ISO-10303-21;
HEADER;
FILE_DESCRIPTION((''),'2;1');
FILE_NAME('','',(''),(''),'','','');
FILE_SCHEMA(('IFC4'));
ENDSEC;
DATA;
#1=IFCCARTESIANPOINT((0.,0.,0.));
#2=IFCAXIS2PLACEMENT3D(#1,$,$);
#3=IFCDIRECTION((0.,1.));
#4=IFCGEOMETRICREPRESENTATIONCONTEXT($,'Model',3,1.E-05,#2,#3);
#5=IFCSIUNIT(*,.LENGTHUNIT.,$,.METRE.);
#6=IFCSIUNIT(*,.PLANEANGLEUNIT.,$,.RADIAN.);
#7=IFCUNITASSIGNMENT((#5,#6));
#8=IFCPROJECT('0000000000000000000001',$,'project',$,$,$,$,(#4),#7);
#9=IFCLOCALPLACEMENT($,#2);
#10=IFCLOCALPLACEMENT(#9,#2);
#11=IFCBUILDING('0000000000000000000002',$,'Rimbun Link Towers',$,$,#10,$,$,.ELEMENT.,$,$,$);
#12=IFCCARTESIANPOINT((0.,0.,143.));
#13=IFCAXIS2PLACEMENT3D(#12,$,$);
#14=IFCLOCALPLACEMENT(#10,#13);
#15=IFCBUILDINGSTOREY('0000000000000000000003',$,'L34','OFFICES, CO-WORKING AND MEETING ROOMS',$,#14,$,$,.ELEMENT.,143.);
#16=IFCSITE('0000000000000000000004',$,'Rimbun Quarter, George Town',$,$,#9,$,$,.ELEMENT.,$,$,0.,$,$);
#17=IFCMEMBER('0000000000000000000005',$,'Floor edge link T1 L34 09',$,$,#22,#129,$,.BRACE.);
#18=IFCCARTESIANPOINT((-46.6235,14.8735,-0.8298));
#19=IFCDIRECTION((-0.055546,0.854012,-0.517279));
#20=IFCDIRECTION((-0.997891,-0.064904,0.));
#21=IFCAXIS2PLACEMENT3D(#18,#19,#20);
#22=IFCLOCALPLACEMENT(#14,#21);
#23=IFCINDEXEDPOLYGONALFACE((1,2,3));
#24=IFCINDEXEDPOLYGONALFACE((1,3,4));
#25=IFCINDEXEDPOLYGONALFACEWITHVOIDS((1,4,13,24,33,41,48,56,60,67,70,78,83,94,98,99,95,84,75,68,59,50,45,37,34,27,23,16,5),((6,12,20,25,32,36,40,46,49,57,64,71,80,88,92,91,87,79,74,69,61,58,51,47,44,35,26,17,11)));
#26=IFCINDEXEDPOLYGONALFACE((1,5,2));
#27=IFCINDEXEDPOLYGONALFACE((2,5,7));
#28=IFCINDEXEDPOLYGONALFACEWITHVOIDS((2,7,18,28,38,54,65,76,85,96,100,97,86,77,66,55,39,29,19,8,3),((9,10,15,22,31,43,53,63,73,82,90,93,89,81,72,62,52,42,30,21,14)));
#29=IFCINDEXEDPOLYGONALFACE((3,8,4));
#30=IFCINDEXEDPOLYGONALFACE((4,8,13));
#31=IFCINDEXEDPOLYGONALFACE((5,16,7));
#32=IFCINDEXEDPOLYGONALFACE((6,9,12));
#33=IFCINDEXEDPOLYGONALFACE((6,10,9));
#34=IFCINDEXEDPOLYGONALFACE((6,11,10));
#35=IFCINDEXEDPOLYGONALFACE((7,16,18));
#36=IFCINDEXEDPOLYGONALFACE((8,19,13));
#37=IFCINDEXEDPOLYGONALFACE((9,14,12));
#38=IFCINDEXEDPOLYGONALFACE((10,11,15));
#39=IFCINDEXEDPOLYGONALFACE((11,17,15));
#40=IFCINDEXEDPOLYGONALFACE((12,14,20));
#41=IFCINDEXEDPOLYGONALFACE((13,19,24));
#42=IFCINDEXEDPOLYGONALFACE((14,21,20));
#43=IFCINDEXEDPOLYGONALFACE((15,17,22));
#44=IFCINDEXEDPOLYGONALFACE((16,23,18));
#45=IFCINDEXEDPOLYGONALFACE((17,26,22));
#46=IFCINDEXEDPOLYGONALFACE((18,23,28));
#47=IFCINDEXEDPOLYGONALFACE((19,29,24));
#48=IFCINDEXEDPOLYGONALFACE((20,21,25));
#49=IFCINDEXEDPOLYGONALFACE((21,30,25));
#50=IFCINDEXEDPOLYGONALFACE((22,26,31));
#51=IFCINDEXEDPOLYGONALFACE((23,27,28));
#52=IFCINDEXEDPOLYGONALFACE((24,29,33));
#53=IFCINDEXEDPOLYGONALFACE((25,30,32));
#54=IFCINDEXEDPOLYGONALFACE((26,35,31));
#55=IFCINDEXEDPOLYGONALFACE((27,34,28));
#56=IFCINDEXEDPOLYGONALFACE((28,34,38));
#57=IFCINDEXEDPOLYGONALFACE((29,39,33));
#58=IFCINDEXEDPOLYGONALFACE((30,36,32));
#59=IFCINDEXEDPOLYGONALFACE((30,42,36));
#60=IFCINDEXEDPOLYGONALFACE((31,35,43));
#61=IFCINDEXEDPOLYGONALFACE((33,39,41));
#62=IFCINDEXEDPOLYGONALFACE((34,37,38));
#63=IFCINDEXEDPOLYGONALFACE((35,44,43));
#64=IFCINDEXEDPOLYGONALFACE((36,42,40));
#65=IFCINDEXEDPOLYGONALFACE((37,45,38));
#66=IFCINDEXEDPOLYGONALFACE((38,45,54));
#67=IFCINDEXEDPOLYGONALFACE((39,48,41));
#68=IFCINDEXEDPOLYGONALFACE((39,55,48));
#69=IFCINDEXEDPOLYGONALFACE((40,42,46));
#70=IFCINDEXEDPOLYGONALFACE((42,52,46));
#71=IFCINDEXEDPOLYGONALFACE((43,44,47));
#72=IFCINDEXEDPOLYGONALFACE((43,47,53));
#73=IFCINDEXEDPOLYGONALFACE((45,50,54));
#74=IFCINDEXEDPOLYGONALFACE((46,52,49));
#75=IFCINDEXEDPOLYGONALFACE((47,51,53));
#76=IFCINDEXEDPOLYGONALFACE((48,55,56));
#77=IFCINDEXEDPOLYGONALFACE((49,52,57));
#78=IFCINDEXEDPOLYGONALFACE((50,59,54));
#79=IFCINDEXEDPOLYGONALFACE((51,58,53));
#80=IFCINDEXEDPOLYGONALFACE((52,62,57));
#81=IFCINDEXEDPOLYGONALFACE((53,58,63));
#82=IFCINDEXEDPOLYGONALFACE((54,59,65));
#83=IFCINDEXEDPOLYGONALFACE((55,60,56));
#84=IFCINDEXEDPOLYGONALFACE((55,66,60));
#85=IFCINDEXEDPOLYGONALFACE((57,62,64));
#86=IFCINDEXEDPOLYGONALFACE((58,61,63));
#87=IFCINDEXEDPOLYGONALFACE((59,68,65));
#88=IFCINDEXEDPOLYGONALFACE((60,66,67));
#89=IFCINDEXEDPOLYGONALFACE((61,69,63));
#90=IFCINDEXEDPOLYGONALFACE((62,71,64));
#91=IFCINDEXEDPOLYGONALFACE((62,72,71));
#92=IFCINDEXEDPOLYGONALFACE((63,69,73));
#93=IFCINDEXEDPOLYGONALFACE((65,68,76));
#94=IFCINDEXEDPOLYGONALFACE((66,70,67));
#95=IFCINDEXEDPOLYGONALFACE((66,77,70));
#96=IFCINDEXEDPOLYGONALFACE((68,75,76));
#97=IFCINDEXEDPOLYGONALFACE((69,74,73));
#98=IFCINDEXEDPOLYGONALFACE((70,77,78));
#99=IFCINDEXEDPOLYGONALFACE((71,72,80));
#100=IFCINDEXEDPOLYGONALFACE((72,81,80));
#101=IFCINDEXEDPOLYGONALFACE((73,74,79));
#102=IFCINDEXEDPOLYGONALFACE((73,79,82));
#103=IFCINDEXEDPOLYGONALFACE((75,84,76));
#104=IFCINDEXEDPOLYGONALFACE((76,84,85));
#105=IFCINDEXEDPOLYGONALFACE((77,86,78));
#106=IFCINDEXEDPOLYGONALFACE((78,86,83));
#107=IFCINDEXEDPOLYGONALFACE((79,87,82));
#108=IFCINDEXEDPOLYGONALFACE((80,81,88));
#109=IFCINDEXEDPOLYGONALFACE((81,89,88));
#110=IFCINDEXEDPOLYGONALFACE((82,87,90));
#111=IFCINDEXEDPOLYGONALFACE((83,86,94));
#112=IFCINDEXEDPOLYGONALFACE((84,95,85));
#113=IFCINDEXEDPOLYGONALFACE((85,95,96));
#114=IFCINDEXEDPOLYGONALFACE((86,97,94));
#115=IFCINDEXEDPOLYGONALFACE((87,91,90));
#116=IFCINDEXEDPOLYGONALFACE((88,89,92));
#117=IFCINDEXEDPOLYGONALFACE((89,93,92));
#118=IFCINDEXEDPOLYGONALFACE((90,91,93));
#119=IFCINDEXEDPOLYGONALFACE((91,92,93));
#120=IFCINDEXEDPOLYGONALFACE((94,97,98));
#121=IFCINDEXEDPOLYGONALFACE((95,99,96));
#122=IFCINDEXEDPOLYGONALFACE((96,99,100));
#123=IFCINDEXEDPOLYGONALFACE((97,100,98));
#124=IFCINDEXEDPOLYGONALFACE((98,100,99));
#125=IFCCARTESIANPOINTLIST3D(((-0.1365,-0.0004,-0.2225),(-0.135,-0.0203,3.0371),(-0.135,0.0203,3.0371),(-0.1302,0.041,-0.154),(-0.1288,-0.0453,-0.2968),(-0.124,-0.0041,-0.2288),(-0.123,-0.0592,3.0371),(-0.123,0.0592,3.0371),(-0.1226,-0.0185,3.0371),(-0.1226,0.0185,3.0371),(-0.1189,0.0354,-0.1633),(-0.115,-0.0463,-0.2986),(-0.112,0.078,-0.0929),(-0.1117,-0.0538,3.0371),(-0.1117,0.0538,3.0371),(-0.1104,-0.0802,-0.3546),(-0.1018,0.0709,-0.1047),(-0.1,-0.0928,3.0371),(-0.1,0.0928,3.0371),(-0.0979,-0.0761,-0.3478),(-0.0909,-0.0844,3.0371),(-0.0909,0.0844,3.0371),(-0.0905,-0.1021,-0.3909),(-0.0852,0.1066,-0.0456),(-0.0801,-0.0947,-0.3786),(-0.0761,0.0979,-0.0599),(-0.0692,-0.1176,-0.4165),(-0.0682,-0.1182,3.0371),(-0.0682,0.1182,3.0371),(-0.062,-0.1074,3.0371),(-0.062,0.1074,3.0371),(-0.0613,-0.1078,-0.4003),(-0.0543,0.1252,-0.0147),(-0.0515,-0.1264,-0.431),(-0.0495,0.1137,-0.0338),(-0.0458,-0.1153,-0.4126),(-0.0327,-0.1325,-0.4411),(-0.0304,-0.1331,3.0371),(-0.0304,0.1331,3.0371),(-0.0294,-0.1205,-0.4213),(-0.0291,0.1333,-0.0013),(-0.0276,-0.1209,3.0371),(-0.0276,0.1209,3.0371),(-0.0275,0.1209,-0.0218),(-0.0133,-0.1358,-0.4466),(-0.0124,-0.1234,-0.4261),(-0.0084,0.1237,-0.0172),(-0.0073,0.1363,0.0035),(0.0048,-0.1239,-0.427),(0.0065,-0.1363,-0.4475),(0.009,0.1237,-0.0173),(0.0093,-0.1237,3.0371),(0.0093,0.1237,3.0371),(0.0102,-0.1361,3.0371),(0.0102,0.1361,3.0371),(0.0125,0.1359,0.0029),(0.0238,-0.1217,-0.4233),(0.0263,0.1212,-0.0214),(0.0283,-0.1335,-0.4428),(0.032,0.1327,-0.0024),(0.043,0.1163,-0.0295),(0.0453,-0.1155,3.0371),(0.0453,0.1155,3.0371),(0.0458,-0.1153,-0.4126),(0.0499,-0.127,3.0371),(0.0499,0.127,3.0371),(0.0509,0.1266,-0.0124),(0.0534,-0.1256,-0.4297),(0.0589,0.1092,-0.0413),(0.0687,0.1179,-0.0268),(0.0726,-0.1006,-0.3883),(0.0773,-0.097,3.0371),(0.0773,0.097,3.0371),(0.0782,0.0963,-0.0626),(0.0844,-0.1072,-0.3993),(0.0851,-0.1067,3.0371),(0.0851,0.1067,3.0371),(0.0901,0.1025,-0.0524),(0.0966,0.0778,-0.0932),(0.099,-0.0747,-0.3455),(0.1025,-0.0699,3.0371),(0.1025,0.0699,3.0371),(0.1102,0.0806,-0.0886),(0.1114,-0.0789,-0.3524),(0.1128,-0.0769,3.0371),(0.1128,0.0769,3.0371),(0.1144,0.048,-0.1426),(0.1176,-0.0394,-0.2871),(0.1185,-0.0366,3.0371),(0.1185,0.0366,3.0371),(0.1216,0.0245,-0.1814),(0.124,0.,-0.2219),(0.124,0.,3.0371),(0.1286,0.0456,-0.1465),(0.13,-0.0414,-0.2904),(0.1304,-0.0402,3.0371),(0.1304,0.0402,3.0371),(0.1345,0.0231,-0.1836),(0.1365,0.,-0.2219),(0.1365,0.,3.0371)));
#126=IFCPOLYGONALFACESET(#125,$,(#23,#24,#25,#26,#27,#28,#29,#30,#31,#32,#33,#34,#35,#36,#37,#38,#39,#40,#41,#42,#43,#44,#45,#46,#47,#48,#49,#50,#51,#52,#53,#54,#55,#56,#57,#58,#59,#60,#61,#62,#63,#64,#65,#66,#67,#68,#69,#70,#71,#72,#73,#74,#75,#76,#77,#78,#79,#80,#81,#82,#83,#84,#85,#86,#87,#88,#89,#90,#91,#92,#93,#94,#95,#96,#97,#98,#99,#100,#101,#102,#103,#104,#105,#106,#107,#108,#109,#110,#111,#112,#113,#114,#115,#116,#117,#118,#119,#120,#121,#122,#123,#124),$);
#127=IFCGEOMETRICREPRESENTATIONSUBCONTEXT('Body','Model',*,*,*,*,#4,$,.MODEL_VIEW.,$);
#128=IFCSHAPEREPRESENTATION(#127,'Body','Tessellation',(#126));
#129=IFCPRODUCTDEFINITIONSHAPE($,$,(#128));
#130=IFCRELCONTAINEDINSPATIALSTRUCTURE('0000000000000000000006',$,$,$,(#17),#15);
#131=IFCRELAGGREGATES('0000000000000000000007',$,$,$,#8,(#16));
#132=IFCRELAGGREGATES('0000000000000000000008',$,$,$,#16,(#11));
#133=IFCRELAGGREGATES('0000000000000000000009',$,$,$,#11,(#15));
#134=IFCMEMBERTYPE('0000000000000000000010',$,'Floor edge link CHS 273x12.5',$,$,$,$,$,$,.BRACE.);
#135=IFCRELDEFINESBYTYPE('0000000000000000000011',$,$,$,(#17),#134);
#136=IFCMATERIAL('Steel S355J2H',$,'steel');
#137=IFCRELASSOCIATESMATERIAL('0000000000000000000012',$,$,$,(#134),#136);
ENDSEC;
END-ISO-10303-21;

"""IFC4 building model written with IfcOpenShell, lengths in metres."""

from ifc_helpers import new_model, si_unit, direction, frame, origin, origin_2d, place, context, subcontext, project, spatial, hollow_circle, extrude, clip, halfspace, material, material_profile, profile_set, type_object, element, save


model = new_model("IFC4")

# Units and contexts
model_context = context("Model", 3, precision=1e-05, world=origin(), true_north=direction((0.0, 1.0)))
body_context = subcontext(model_context, "Body", "Model", "MODEL_VIEW")
ifc_project = project(units=[si_unit("LENGTHUNIT", "METRE"), si_unit("PLANEANGLEUNIT", "RADIAN")], contexts=[model_context])

# Site, building, storey
site_placement = place(None, origin())
site = spatial("IfcSite", under=ifc_project, at=site_placement, Name="Rimbun Quarter, George Town", CompositionType="ELEMENT", RefElevation=0.0)
building_placement = place(site_placement, origin())
building = spatial("IfcBuilding", under=site, at=building_placement, Name="Rimbun Link Towers", CompositionType="ELEMENT")
storey_placement = place(building_placement, frame((0.0, 0.0, 143.0)))
storey = spatial("IfcBuildingStorey", under=building, at=storey_placement, Name="L34", Description="OFFICES, CO-WORKING AND MEETING ROOMS", CompositionType="ELEMENT", Elevation=143.0)

# Member
ifc_material_1 = material(Name="Steel S355J2H", Category="steel")
ifc_material_profile_1 = material_profile(ifc_material_1, hollow_circle(Radius=0.1365, WallThickness=0.0125, at=origin_2d()), Name="CHS 273x12.5")
ifc_profile_set_1 = profile_set([ifc_material_profile_1], Name="Steel S355J2H")
member_type_1 = type_object("IfcMemberType", Name="Floor edge link CHS 273x12.5", PredefinedType="BRACE", material=ifc_profile_set_1)
member_1_placement = place(storey_placement, frame((-46.6235, 14.8735, -0.8298), z_axis=(-0.055546, 0.854012, -0.517279), x_axis=(-0.997891, -0.064904, 0.0)))
element("IfcMember", 1, at=member_1_placement, inside=storey, type_object=member_type_1, Name="Floor edge link T1 L34 09", PredefinedType="BRACE", context=body_context, shape_type="Clipping", body=[
    clip(extrude(hollow_circle(Radius=0.1365, WallThickness=0.0125, at=origin_2d()), frame((0.0, 0.0, -0.4709)), (0.0, 0.0, 1.0), 3.5081), halfspace(frame((0.0, 0.0, -0.2219), z_axis=(0.0, 0.855817, -0.517279)), False)),
])

save(model, "model.ifc")
